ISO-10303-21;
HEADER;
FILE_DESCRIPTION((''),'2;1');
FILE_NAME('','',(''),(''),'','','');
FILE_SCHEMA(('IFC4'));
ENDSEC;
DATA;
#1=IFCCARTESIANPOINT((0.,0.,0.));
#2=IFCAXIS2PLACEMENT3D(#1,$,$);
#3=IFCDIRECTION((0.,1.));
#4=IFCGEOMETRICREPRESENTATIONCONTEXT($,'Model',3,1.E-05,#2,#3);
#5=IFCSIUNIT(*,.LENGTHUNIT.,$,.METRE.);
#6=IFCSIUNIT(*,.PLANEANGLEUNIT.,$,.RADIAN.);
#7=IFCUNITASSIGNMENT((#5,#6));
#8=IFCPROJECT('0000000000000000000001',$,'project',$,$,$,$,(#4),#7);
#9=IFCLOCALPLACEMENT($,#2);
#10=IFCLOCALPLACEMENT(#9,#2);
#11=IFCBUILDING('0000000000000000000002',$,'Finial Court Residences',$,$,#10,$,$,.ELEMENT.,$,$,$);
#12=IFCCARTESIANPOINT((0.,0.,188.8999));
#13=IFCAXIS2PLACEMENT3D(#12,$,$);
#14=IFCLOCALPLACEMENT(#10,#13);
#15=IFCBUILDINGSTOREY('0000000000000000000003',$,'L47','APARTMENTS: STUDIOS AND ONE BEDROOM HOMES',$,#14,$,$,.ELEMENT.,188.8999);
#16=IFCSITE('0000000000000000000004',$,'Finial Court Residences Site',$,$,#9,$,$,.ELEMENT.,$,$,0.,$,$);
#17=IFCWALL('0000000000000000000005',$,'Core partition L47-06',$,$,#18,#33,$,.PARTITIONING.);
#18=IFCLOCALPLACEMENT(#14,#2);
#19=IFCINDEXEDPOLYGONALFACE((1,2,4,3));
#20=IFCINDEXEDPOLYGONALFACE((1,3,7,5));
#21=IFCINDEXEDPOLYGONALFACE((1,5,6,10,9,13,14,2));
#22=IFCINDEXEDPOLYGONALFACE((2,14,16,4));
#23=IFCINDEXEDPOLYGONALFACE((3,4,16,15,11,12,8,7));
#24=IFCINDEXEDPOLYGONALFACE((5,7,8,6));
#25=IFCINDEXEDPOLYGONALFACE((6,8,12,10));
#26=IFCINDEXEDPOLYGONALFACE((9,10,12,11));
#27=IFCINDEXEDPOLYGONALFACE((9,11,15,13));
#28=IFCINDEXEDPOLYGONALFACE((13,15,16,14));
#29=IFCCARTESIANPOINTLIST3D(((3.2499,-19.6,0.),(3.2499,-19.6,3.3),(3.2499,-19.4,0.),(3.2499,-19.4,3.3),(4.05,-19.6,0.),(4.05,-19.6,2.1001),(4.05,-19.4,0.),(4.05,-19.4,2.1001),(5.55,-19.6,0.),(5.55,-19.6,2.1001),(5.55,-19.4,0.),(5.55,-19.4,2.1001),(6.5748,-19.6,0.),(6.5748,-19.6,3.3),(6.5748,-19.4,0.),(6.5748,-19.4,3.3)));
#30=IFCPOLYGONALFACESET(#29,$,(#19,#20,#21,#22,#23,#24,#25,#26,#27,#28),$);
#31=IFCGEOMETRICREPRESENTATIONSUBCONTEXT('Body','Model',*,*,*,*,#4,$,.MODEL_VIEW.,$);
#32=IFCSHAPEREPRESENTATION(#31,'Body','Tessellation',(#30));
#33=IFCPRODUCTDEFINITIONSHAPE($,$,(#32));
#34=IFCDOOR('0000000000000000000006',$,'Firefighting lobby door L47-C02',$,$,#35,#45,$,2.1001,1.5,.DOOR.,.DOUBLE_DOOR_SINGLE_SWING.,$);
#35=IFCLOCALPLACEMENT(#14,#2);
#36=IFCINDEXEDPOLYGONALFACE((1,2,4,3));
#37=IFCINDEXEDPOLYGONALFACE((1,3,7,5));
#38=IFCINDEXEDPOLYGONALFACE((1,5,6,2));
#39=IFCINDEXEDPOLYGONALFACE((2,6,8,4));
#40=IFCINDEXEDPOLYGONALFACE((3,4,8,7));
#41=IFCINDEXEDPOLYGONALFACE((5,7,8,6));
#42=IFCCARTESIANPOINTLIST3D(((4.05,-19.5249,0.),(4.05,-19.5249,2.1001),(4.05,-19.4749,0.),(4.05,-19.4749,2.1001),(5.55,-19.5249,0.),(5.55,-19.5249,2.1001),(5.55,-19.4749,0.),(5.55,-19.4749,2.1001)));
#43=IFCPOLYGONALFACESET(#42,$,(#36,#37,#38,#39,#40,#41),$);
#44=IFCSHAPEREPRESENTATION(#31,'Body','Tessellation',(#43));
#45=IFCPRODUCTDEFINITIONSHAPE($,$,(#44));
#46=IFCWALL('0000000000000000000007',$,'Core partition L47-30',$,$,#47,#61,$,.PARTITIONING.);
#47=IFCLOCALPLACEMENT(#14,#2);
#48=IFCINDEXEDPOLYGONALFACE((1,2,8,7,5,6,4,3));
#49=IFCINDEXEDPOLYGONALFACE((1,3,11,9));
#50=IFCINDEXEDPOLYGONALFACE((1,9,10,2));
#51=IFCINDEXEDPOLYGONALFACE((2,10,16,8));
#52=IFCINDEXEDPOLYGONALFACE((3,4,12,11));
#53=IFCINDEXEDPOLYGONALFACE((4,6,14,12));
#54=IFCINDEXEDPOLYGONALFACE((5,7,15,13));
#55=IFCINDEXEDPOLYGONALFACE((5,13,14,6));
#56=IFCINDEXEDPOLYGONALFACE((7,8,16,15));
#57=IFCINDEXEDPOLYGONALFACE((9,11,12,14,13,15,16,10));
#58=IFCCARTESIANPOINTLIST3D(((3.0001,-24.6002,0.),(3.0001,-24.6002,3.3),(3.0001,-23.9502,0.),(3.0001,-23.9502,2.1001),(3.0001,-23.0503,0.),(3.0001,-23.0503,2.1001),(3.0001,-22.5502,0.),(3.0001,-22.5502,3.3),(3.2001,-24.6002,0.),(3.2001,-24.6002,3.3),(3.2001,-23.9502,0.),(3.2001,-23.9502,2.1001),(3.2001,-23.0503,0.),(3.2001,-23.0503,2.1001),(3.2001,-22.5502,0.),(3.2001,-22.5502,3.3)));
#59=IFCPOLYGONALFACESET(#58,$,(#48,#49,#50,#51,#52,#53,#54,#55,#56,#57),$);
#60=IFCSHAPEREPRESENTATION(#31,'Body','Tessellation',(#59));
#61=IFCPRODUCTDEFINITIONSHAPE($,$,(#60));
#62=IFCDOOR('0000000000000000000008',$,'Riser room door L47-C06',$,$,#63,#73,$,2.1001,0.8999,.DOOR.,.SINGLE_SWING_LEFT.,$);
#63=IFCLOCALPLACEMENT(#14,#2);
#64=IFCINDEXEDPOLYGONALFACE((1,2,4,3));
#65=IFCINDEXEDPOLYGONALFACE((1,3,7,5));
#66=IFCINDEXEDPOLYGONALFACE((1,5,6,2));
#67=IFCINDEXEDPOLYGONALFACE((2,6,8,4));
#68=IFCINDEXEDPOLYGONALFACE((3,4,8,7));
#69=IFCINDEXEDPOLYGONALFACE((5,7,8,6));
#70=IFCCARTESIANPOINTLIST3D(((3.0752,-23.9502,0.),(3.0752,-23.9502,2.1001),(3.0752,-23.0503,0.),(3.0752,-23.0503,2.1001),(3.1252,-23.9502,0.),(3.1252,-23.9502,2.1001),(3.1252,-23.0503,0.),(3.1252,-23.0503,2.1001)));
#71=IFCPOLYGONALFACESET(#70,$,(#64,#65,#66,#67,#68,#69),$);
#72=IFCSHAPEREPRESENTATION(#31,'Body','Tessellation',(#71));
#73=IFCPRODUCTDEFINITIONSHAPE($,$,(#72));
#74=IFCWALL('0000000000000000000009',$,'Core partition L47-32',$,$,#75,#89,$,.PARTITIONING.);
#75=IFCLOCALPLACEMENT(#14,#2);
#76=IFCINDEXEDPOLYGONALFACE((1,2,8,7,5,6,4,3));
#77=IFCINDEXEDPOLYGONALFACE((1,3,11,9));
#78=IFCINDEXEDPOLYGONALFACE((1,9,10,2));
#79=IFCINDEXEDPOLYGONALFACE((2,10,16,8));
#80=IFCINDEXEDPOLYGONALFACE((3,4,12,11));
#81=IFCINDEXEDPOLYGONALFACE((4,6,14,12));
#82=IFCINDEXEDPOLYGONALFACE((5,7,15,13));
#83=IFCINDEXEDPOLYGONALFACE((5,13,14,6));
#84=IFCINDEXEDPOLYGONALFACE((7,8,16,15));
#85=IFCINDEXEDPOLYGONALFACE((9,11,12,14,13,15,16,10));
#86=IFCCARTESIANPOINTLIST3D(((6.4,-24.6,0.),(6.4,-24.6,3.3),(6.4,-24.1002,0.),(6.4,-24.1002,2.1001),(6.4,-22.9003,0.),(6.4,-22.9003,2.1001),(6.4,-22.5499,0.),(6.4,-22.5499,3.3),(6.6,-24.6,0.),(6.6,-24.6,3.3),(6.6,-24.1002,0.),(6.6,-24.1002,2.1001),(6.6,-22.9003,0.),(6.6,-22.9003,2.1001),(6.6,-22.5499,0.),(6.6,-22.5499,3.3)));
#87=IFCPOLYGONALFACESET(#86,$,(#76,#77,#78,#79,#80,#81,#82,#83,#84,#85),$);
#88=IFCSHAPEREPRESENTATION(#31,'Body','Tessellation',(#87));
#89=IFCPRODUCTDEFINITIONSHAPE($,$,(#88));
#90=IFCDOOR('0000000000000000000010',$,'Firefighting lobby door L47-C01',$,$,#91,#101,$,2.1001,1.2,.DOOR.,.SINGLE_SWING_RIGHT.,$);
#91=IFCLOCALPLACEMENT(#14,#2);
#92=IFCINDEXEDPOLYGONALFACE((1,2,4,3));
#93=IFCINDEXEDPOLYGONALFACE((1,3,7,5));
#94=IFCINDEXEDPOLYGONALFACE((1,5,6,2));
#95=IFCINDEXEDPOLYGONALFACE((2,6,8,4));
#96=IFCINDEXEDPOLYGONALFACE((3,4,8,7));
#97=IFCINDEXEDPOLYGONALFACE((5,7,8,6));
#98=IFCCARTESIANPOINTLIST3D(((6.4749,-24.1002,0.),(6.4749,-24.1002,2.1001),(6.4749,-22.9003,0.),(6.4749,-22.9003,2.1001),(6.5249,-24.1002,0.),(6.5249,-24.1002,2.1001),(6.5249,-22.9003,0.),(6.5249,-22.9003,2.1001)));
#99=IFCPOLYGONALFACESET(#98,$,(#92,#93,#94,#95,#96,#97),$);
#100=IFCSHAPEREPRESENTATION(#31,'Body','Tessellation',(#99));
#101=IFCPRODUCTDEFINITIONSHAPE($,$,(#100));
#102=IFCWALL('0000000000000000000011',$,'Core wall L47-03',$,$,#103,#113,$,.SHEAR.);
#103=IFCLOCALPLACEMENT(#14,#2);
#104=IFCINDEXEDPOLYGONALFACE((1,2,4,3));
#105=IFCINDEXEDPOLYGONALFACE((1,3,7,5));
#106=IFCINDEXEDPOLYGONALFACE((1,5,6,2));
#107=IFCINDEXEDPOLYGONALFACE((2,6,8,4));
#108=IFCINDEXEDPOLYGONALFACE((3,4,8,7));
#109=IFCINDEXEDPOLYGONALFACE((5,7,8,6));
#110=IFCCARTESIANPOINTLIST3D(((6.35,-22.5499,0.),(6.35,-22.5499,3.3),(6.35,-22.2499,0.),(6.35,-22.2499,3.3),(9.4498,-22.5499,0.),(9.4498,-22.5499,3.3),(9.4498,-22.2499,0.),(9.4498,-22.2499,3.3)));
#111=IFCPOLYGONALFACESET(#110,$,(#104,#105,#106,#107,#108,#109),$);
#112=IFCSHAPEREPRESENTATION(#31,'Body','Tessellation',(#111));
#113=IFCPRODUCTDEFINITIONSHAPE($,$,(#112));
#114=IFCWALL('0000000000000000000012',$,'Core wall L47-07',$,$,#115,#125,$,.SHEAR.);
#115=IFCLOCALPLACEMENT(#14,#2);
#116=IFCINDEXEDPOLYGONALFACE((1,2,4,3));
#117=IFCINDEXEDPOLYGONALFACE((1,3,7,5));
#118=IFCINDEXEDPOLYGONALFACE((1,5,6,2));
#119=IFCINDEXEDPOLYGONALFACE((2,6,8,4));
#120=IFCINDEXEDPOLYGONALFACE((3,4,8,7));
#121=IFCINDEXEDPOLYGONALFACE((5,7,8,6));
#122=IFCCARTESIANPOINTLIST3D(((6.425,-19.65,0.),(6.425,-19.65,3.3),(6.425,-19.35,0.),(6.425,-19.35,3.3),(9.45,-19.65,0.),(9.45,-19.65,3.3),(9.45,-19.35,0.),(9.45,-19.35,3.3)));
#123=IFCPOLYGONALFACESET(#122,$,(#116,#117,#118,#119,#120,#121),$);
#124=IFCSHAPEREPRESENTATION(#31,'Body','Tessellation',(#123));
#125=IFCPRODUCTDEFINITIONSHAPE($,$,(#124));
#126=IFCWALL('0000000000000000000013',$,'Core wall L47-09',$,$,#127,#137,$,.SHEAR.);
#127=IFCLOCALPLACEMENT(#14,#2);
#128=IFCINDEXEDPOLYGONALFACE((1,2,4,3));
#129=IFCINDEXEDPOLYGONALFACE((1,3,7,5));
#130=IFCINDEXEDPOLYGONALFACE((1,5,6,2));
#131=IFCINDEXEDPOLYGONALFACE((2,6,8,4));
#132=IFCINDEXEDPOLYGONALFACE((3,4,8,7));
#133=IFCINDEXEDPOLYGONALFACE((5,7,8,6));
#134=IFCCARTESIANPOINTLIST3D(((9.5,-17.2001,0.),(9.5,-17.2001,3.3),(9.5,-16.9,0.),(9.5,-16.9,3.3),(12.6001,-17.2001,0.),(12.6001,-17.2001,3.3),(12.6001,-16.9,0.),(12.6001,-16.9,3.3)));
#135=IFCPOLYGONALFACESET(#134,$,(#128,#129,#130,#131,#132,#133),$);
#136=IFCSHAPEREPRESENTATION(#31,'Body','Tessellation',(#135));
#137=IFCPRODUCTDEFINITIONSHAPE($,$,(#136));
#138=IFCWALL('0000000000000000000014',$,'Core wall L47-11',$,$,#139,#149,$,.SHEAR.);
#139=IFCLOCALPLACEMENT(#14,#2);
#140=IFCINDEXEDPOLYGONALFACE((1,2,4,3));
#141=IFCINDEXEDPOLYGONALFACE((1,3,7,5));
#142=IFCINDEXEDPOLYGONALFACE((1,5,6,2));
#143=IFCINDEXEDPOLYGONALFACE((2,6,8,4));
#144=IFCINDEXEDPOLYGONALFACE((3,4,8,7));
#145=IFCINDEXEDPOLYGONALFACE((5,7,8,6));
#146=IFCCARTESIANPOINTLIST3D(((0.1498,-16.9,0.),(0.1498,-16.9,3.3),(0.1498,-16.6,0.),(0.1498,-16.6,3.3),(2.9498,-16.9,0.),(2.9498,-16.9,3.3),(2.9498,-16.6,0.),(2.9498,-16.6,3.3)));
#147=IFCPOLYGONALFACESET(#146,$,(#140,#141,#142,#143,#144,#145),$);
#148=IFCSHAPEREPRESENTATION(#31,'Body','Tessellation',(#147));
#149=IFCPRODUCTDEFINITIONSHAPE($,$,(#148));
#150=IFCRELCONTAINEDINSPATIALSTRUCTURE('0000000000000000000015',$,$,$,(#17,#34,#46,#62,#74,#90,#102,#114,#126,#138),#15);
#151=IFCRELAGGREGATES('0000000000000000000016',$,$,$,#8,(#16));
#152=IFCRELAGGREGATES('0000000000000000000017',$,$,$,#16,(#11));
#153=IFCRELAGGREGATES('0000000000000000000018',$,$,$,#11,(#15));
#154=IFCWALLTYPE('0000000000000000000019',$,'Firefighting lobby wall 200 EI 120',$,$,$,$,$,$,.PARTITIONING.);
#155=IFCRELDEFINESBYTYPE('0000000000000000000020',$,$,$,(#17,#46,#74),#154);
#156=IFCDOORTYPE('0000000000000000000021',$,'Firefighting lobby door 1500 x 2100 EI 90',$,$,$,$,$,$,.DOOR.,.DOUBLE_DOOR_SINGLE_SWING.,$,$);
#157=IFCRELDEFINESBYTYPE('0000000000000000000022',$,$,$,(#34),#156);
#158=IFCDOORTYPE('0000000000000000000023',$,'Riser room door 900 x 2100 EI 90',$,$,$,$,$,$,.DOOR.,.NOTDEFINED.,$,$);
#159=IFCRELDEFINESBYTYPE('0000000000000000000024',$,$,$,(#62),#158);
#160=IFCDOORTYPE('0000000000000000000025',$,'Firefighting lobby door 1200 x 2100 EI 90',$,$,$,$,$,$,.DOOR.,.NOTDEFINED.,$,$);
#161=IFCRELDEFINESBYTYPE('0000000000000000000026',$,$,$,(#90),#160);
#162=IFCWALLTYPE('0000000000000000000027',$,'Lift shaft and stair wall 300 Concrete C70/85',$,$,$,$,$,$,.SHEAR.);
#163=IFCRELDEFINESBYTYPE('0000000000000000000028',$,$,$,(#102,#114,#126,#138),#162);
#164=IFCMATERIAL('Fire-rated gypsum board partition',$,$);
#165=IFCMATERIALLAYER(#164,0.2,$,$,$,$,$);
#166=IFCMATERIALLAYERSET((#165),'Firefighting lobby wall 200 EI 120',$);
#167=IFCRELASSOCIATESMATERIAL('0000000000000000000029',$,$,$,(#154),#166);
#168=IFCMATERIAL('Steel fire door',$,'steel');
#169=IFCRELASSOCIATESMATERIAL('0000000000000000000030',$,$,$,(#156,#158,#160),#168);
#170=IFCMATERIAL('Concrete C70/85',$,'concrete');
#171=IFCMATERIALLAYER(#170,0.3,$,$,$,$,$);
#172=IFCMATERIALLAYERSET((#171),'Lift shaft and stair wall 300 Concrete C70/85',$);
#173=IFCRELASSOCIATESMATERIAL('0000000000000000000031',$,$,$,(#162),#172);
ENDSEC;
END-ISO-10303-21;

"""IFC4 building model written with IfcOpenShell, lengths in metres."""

from ifc_helpers import new_model, si_unit, direction, frame, frame_2d, origin, place, context, subcontext, project, spatial, rectangle, extrude, material, layer, layer_set, type_object, element, fill, save


model = new_model("IFC4")

# Units and contexts
model_context = context("Model", 3, precision=1e-05, world=origin(), true_north=direction((0.0, 1.0)))
body_context = subcontext(model_context, "Body", "Model", "MODEL_VIEW")
ifc_project = project(units=[si_unit("LENGTHUNIT", "METRE"), si_unit("PLANEANGLEUNIT", "RADIAN")], contexts=[model_context])

# Site, building, storey
site_placement = place(None, origin())
site = spatial("IfcSite", under=ifc_project, at=site_placement, Name="Finial Court Residences Site", CompositionType="ELEMENT", RefElevation=0.0)
building_placement = place(site_placement, origin())
building = spatial("IfcBuilding", under=site, at=building_placement, Name="Finial Court Residences", CompositionType="ELEMENT")
storey_placement = place(building_placement, frame((0.0, 0.0, 188.8999)))
storey = spatial("IfcBuildingStorey", under=building, at=storey_placement, Name="L47", Description="APARTMENTS: STUDIOS AND ONE BEDROOM HOMES", CompositionType="ELEMENT", Elevation=188.8999)

# Walls, openings, doors
ifc_material_1 = material(Name="Fire-rated gypsum board partition")
ifc_layer_1 = layer(ifc_material_1, 0.2)
ifc_layer_set_1 = layer_set([ifc_layer_1], Name="Firefighting lobby wall 200 EI 120")
wall_type_1 = type_object("IfcWallType", Name="Firefighting lobby wall 200 EI 120", PredefinedType="PARTITIONING", material=ifc_layer_set_1)
wall_1_placement = place(storey_placement, frame((6.575, -19.5, 0.0), z_axis=(0.0, 0.0, 1.0), x_axis=(-1.0, 0.0, 0.0)))
wall_1 = element("IfcWall", 1, at=wall_1_placement, inside=storey, type_object=wall_type_1, Name="Core partition L47-06", PredefinedType="PARTITIONING", context=body_context, shape_type="SweptSolid", body=[
    extrude(rectangle(XDim=3.325, YDim=0.2, at=frame_2d((1.6626, 0.0))), origin(), (0.0, 0.0, 1.0), 3.3),
])
opening_1_placement = place(wall_1_placement, frame((1.0249, 0.0, 0.0)))
opening_1 = element("IfcOpeningElement", 2, at=opening_1_placement, cuts=wall_1, PredefinedType="OPENING", context=body_context, shape_type="SweptSolid", body=[
    extrude(rectangle(XDim=1.5, YDim=2.1001, at=frame_2d((0.75, 1.05))), frame((0.0, 0.1099, 0.0), z_axis=(0.0, -1.0, 0.0), x_axis=(1.0, 0.0, 0.0)), (0.0, 0.0, 1.0), 0.22),
])
ifc_material_2 = material(Name="Steel fire door", Category="steel")
door_type_1 = type_object("IfcDoorType", Name="Firefighting lobby door 1500 x 2100 EI 90", OperationType="DOUBLE_DOOR_SINGLE_SWING", PredefinedType="DOOR", material=ifc_material_2)
door_1_placement = place(opening_1_placement, origin())
door_1 = element("IfcDoor", 3, at=door_1_placement, inside=storey, type_object=door_type_1, Name="Firefighting lobby door L47-C02", OperationType="DOUBLE_DOOR_SINGLE_SWING", OverallHeight=2.1001, OverallWidth=1.5, PredefinedType="DOOR", context=body_context, shape_type="SweptSolid", body=[
    extrude(rectangle(XDim=1.5, YDim=2.1001, at=frame_2d((0.75, 1.05))), frame((0.0, 0.0249, 0.0), z_axis=(0.0, -1.0, 0.0), x_axis=(1.0, 0.0, 0.0)), (0.0, 0.0, 1.0), 0.05),
])
fill(opening_1, door_1)
wall_2_placement = place(storey_placement, frame((3.1001, -24.6001, 0.0), z_axis=(0.0, 0.0, 1.0), x_axis=(0.0, 1.0, 0.0)))
wall_2 = element("IfcWall", 4, at=wall_2_placement, inside=storey, type_object=wall_type_1, Name="Core partition L47-30", PredefinedType="PARTITIONING", context=body_context, shape_type="SweptSolid", body=[
    extrude(rectangle(XDim=2.05, YDim=0.2, at=frame_2d((1.0249, 0.0))), origin(), (0.0, 0.0, 1.0), 3.3),
])
opening_2_placement = place(wall_2_placement, frame((0.6499, 0.0, 0.0)))
opening_2 = element("IfcOpeningElement", 5, at=opening_2_placement, cuts=wall_2, PredefinedType="OPENING", context=body_context, shape_type="SweptSolid", body=[
    extrude(rectangle(XDim=0.8999, YDim=2.1001, at=frame_2d((0.45, 1.05))), frame((0.0, 0.1099, 0.0), z_axis=(0.0, -1.0, 0.0), x_axis=(1.0, 0.0, 0.0)), (0.0, 0.0, 1.0), 0.22),
])
door_type_2 = type_object("IfcDoorType", Name="Riser room door 900 x 2100 EI 90", OperationType="NOTDEFINED", PredefinedType="DOOR", material=ifc_material_2)
door_2_placement = place(opening_2_placement, origin())
door_2 = element("IfcDoor", 6, at=door_2_placement, inside=storey, type_object=door_type_2, Name="Riser room door L47-C06", OperationType="SINGLE_SWING_LEFT", OverallHeight=2.1001, OverallWidth=0.8999, PredefinedType="DOOR", context=body_context, shape_type="SweptSolid", body=[
    extrude(rectangle(XDim=0.8999, YDim=2.1001, at=frame_2d((0.45, 1.05))), frame((0.0, 0.0249, 0.0), z_axis=(0.0, -1.0, 0.0), x_axis=(1.0, 0.0, 0.0)), (0.0, 0.0, 1.0), 0.05),
])
fill(opening_2, door_2)
wall_3_placement = place(storey_placement, frame((6.5, -22.55, 0.0), z_axis=(0.0, 0.0, 1.0), x_axis=(0.0, -1.0, 0.0)))
wall_3 = element("IfcWall", 7, at=wall_3_placement, inside=storey, type_object=wall_type_1, Name="Core partition L47-32", PredefinedType="PARTITIONING", context=body_context, shape_type="SweptSolid", body=[
    extrude(rectangle(XDim=2.05, YDim=0.2, at=frame_2d((1.0249, 0.0))), origin(), (0.0, 0.0, 1.0), 3.3),
])
opening_3_placement = place(wall_3_placement, frame((0.3501, 0.0, 0.0)))
opening_3 = element("IfcOpeningElement", 8, at=opening_3_placement, cuts=wall_3, PredefinedType="OPENING", context=body_context, shape_type="SweptSolid", body=[
    extrude(rectangle(XDim=1.2, YDim=2.1001, at=frame_2d((0.6001, 1.05))), frame((0.0, 0.1099, 0.0), z_axis=(0.0, -1.0, 0.0), x_axis=(1.0, 0.0, 0.0)), (0.0, 0.0, 1.0), 0.22),
])
door_type_3 = type_object("IfcDoorType", Name="Firefighting lobby door 1200 x 2100 EI 90", OperationType="NOTDEFINED", PredefinedType="DOOR", material=ifc_material_2)
door_3_placement = place(opening_3_placement, origin())
door_3 = element("IfcDoor", 9, at=door_3_placement, inside=storey, type_object=door_type_3, Name="Firefighting lobby door L47-C01", OperationType="SINGLE_SWING_RIGHT", OverallHeight=2.1001, OverallWidth=1.2, PredefinedType="DOOR", context=body_context, shape_type="SweptSolid", body=[
    extrude(rectangle(XDim=1.2, YDim=2.1001, at=frame_2d((0.6001, 1.05))), frame((0.0, 0.0249, 0.0), z_axis=(0.0, -1.0, 0.0), x_axis=(1.0, 0.0, 0.0)), (0.0, 0.0, 1.0), 0.05),
])
fill(opening_3, door_3)

# Walls
ifc_material_3 = material(Name="Concrete C70/85", Category="concrete")
ifc_layer_2 = layer(ifc_material_3, 0.3)
ifc_layer_set_2 = layer_set([ifc_layer_2], Name="Lift shaft and stair wall 300 Concrete C70/85")
wall_type_2 = type_object("IfcWallType", Name="Lift shaft and stair wall 300 Concrete C70/85", PredefinedType="SHEAR", material=ifc_layer_set_2)
wall_4_placement = place(storey_placement, frame((6.3501, -22.3999, 0.0), z_axis=(0.0, 0.0, 1.0), x_axis=(1.0, 0.0, 0.0)))
element("IfcWall", 10, at=wall_4_placement, inside=storey, type_object=wall_type_2, Name="Core wall L47-03", PredefinedType="SHEAR", context=body_context, shape_type="SweptSolid", body=[
    extrude(rectangle(XDim=3.0999, YDim=0.3, at=frame_2d((1.5498, 0.0))), origin(), (0.0, 0.0, 1.0), 3.3),
])
wall_5_placement = place(storey_placement, frame((6.425, -19.5, 0.0), z_axis=(0.0, 0.0, 1.0), x_axis=(1.0, 0.0, 0.0)))
element("IfcWall", 11, at=wall_5_placement, inside=storey, type_object=wall_type_2, Name="Core wall L47-07", PredefinedType="SHEAR", context=body_context, shape_type="SweptSolid", body=[
    extrude(rectangle(XDim=3.0249, YDim=0.3, at=frame_2d((1.5125, 0.0))), origin(), (0.0, 0.0, 1.0), 3.3),
])
wall_6_placement = place(storey_placement, frame((9.5, -17.05, 0.0), z_axis=(0.0, 0.0, 1.0), x_axis=(1.0, 0.0, 0.0)))
element("IfcWall", 12, at=wall_6_placement, inside=storey, type_object=wall_type_2, Name="Core wall L47-09", PredefinedType="SHEAR", context=body_context, shape_type="SweptSolid", body=[
    extrude(rectangle(XDim=3.1001, YDim=0.3, at=frame_2d((1.55, 0.0))), origin(), (0.0, 0.0, 1.0), 3.3),
])
wall_7_placement = place(storey_placement, frame((0.1499, -16.75, 0.0), z_axis=(0.0, 0.0, 1.0), x_axis=(1.0, 0.0, 0.0)))
element("IfcWall", 13, at=wall_7_placement, inside=storey, type_object=wall_type_2, Name="Core wall L47-11", PredefinedType="SHEAR", context=body_context, shape_type="SweptSolid", body=[
    extrude(rectangle(XDim=2.8, YDim=0.3, at=frame_2d((1.3999, 0.0))), origin(), (0.0, 0.0, 1.0), 3.3),
])

save(model, "model.ifc")
